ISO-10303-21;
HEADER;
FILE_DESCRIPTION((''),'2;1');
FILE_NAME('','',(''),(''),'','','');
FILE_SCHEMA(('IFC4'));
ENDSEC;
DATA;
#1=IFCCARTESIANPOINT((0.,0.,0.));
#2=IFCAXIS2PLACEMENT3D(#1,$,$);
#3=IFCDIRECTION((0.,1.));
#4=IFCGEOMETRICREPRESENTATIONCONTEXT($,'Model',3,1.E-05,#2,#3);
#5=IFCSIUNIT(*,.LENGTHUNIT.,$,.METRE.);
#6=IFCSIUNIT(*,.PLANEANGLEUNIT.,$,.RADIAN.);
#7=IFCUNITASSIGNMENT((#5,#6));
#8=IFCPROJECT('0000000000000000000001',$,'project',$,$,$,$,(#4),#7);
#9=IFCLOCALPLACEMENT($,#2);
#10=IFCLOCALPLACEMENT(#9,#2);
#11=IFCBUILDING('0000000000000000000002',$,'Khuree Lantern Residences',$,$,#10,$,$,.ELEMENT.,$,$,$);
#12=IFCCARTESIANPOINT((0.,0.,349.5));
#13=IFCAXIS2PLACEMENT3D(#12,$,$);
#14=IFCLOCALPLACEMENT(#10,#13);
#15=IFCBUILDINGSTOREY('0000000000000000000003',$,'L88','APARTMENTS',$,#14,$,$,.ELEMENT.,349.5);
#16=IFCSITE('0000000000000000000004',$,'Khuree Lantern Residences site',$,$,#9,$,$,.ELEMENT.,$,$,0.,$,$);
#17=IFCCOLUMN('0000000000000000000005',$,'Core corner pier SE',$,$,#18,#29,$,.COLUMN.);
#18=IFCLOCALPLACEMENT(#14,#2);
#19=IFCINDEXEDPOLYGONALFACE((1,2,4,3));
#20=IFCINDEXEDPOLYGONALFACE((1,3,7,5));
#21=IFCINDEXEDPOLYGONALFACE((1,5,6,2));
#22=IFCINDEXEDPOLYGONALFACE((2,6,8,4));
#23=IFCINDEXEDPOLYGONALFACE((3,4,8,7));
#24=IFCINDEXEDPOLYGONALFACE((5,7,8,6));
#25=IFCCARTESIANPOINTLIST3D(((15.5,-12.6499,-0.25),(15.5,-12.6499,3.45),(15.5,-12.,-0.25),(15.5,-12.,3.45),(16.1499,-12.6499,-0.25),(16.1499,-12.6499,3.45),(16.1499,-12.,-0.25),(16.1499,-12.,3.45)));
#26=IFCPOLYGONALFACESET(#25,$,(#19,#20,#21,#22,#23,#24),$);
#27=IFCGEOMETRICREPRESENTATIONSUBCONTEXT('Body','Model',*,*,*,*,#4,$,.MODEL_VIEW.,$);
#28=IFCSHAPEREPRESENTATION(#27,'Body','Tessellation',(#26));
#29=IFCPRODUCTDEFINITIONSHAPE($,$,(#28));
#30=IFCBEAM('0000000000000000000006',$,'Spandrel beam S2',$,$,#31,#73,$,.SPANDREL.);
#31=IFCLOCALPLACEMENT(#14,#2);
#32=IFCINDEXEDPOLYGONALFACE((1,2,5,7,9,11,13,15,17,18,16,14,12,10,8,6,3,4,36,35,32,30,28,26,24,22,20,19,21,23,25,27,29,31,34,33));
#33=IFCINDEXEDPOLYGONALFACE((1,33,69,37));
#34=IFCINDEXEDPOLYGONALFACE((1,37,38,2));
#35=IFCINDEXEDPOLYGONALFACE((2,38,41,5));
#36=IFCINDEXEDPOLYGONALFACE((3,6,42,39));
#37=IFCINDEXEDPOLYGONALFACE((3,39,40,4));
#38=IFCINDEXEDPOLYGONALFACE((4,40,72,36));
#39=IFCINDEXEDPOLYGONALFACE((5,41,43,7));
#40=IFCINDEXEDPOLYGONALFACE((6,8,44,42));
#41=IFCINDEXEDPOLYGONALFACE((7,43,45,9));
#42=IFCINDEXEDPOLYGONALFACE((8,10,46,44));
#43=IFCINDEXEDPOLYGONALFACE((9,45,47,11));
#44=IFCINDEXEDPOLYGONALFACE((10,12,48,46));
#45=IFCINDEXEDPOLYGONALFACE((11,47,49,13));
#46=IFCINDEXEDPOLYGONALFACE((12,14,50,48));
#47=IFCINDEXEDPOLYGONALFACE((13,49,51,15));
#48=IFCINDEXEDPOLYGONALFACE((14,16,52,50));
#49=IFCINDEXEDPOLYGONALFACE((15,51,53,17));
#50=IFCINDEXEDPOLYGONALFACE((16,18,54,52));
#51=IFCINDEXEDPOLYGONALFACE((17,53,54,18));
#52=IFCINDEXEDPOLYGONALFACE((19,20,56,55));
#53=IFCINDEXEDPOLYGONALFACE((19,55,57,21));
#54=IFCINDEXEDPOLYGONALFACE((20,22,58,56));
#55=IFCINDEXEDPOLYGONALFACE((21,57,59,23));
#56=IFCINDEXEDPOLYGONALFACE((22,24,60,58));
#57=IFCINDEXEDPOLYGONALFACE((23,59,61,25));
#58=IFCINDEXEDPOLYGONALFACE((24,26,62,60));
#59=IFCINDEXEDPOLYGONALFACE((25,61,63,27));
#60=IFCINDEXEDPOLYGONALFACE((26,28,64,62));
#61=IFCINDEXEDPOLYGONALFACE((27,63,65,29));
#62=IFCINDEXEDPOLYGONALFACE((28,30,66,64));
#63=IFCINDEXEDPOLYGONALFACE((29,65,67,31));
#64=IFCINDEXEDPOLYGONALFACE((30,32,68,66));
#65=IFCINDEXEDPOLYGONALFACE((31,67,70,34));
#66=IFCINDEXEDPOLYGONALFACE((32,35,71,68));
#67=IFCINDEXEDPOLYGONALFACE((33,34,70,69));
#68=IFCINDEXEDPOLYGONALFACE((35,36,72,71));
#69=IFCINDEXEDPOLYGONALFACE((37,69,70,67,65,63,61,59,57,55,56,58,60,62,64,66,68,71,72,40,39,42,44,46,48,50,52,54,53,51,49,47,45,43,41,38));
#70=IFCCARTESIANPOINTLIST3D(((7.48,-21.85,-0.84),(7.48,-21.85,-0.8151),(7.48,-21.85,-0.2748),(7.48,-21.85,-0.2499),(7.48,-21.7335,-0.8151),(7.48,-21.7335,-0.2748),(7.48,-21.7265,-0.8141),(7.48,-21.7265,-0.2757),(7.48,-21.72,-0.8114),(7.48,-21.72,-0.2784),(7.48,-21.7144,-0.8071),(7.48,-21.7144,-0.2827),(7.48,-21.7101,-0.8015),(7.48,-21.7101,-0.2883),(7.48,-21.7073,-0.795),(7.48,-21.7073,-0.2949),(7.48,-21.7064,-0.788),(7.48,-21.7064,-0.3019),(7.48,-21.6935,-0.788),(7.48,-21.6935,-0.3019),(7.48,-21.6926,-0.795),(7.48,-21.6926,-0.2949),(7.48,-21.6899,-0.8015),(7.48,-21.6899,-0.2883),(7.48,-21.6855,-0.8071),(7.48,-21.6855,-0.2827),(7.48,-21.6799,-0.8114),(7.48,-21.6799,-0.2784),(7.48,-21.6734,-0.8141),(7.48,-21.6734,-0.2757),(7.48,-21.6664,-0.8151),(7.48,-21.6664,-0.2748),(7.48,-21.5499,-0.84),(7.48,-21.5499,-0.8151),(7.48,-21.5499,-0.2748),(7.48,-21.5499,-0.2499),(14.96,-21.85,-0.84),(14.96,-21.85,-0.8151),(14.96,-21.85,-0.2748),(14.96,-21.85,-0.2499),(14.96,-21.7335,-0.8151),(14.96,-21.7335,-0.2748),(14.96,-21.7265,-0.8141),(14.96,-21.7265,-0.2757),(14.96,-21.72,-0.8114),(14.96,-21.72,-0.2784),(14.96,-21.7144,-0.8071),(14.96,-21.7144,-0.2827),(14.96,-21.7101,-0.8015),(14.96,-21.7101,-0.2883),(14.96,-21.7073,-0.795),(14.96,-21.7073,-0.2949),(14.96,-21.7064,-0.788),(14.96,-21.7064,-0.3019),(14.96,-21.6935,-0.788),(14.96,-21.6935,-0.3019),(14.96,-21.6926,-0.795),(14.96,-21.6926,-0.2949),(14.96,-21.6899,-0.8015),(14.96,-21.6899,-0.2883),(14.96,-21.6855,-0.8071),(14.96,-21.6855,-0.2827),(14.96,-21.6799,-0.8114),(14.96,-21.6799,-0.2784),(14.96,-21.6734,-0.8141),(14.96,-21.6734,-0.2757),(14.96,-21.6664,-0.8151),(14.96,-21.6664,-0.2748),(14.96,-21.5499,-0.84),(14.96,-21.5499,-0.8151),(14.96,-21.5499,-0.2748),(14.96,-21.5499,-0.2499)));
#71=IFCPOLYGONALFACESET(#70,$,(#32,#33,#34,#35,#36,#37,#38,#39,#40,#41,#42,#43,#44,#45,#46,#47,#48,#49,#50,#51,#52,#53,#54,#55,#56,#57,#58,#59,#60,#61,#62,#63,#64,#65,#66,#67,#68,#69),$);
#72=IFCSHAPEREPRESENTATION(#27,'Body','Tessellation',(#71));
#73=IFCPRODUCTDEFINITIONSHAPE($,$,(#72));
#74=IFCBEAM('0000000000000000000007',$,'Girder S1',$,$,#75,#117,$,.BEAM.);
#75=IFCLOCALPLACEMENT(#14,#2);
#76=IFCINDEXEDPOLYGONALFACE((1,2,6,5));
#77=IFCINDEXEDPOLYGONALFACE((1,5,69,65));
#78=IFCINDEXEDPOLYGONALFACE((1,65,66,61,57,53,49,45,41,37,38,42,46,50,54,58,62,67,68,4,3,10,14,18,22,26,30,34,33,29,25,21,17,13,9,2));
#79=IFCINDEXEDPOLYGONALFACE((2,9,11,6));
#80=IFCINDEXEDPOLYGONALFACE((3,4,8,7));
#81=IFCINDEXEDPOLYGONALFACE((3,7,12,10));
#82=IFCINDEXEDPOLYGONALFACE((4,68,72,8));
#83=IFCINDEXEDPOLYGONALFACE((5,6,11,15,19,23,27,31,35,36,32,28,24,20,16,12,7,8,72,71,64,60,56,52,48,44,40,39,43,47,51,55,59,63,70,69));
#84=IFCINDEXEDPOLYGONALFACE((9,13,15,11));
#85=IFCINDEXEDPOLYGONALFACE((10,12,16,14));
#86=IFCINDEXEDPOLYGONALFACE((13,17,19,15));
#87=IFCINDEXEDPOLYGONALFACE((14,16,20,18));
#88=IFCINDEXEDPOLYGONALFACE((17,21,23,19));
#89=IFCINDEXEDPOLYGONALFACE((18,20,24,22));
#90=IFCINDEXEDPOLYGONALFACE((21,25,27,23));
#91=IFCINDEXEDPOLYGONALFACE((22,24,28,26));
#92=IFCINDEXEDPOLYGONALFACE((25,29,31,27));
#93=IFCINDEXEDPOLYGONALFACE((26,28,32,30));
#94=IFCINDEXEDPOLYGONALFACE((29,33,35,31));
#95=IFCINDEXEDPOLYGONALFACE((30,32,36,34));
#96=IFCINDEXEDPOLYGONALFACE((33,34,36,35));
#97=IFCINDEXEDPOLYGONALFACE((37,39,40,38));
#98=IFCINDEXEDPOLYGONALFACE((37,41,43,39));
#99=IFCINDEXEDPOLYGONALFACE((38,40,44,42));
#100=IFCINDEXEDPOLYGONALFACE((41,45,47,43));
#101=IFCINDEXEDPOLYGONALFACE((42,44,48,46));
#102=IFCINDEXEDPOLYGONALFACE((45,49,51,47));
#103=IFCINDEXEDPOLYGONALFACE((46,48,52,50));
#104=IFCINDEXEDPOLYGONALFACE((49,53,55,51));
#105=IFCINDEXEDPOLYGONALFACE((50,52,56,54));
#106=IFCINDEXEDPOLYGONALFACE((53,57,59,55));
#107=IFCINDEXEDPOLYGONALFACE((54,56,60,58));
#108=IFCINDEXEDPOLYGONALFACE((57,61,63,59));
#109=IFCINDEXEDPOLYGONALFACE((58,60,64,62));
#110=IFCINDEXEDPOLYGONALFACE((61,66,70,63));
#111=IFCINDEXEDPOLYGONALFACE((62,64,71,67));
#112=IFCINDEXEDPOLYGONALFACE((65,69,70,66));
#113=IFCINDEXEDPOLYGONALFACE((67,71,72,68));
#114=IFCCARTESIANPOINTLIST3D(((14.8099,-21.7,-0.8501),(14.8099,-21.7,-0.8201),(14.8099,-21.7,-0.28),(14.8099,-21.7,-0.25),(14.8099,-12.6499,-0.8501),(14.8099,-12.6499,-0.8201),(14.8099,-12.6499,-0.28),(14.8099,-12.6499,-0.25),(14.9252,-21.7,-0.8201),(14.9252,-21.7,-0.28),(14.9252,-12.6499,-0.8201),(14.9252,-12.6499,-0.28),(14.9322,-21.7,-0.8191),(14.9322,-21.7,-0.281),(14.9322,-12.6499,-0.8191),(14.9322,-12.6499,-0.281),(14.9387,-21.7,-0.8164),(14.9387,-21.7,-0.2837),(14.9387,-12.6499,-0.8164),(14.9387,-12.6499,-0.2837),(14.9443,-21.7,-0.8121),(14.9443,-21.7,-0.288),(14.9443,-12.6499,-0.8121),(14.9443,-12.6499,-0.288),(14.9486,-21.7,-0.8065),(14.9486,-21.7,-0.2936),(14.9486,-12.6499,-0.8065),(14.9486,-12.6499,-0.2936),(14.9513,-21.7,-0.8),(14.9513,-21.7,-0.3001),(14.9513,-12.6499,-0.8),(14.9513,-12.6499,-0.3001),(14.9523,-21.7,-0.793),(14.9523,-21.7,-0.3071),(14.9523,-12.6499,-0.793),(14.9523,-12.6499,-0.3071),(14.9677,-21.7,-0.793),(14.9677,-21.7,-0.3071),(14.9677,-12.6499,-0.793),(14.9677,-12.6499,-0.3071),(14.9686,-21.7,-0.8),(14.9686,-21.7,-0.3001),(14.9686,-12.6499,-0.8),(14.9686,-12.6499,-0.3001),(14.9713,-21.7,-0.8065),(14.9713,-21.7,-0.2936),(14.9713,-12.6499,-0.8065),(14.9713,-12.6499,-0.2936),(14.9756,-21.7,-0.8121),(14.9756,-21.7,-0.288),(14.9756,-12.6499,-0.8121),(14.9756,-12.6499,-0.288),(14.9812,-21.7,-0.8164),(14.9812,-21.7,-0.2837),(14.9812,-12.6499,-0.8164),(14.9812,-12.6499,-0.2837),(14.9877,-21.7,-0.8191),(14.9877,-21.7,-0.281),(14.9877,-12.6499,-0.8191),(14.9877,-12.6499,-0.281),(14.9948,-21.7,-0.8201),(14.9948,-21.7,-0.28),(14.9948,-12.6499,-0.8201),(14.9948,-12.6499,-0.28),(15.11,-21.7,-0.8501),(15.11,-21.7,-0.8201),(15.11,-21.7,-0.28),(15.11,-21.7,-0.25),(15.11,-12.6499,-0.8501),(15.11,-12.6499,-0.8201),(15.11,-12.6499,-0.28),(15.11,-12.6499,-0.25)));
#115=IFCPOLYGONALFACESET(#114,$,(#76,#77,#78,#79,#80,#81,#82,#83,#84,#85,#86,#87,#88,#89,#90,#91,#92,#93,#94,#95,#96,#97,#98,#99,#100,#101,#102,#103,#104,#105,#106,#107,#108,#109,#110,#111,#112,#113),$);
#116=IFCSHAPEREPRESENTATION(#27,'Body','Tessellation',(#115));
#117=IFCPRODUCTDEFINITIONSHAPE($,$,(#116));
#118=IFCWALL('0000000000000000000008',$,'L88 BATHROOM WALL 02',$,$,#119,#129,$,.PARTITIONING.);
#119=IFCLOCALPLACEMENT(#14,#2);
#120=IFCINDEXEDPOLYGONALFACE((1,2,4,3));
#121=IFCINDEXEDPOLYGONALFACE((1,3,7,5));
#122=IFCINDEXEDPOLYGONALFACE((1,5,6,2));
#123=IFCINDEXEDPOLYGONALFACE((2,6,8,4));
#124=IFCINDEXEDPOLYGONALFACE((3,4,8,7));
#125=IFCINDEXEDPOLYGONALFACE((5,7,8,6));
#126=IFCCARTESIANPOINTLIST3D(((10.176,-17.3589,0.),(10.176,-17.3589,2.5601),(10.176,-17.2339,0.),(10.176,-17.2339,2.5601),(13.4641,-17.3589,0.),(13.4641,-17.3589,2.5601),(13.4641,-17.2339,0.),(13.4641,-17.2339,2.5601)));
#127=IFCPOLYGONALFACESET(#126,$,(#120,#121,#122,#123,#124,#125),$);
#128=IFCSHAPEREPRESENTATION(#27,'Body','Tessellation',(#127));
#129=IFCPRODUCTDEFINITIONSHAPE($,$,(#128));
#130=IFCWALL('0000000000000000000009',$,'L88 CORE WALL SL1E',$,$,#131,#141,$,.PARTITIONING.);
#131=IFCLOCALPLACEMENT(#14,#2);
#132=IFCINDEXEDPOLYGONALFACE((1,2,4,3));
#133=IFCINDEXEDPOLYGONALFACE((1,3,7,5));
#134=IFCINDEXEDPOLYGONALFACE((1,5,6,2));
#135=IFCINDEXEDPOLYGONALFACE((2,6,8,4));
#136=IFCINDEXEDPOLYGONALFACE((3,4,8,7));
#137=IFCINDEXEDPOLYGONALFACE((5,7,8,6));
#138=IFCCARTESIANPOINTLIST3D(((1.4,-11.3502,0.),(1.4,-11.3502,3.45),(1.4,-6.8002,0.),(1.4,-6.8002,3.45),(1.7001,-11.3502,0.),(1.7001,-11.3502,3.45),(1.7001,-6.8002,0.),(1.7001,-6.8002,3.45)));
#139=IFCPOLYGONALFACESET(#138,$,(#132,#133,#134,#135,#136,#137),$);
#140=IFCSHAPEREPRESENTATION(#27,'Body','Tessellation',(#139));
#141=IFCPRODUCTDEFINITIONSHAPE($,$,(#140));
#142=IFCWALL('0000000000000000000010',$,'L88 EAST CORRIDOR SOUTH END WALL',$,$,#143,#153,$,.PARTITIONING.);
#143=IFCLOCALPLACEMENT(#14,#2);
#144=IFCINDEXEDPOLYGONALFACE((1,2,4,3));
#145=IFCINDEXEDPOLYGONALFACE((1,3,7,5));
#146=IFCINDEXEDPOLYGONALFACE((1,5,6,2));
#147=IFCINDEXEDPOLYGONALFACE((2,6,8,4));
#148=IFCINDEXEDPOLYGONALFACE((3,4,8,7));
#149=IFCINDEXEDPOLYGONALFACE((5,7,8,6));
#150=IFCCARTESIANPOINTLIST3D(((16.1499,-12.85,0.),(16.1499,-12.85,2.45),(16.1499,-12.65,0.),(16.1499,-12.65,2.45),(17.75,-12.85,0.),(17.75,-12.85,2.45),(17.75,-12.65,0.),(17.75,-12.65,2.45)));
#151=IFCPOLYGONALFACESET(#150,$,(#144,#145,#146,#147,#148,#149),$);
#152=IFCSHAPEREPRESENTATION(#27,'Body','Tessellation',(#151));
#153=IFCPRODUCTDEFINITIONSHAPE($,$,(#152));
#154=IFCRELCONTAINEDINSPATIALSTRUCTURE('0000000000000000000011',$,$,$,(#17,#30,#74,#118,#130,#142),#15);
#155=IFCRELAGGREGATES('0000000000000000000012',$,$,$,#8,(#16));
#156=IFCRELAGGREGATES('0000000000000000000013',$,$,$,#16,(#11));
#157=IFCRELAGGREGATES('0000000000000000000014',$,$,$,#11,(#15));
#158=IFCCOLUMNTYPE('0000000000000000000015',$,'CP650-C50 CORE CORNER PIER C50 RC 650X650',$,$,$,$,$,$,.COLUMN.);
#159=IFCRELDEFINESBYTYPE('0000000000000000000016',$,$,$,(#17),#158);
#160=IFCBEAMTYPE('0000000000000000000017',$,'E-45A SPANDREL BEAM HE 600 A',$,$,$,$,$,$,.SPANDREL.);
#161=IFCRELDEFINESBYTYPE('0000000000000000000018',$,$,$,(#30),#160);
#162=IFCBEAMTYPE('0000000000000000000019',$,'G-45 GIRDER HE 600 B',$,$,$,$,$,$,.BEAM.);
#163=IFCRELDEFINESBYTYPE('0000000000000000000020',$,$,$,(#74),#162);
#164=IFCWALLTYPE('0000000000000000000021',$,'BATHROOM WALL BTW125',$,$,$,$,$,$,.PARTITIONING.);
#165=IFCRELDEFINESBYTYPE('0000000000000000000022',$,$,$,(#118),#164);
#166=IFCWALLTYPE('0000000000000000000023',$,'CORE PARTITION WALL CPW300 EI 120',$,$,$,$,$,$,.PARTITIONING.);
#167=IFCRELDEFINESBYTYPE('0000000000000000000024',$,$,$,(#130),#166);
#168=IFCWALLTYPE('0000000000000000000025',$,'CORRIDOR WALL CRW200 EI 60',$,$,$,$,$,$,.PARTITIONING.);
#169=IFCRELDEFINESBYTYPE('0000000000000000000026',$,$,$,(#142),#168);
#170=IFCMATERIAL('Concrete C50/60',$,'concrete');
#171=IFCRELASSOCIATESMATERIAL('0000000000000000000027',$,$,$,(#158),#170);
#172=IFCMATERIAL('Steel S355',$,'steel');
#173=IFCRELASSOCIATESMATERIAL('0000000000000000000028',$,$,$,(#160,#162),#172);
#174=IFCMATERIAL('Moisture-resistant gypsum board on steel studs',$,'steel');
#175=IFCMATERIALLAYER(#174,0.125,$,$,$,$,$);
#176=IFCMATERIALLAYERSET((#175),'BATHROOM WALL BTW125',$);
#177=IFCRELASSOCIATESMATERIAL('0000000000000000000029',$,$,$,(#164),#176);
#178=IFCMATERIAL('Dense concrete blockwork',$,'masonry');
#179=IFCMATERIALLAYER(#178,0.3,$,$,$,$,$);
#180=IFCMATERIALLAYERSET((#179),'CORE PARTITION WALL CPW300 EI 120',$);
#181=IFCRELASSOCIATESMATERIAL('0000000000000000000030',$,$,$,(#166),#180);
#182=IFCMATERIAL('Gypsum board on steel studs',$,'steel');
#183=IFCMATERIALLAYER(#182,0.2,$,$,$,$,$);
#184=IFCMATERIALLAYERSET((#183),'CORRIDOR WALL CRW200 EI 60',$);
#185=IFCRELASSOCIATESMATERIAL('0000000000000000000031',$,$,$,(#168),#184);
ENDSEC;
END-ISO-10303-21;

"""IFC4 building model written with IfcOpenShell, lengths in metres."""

from ifc_helpers import new_model, si_unit, direction, frame, frame_2d, origin, origin_2d, place, context, subcontext, project, spatial, rectangle, i_section, extrude, material, layer, layer_set, material_profile, profile_set, type_object, element, save


model = new_model("IFC4")

# Units and contexts
model_context = context("Model", 3, precision=1e-05, world=origin(), true_north=direction((0.0, 1.0)))
body_context = subcontext(model_context, "Body", "Model", "MODEL_VIEW")
ifc_project = project(units=[si_unit("LENGTHUNIT", "METRE"), si_unit("PLANEANGLEUNIT", "RADIAN")], contexts=[model_context])

# Site, building, storey
site_placement = place(None, origin())
site = spatial("IfcSite", under=ifc_project, at=site_placement, Name="Khuree Lantern Residences site", CompositionType="ELEMENT", RefElevation=0.0)
building_placement = place(site_placement, origin())
building = spatial("IfcBuilding", under=site, at=building_placement, Name="Khuree Lantern Residences", CompositionType="ELEMENT")
storey_placement = place(building_placement, frame((0.0, 0.0, 349.5)))
storey = spatial("IfcBuildingStorey", under=building, at=storey_placement, Name="L88", Description="APARTMENTS", CompositionType="ELEMENT", Elevation=349.5)

# Column
ifc_material_1 = material(Name="Concrete C50/60", Category="concrete")
ifc_material_profile_1 = material_profile(ifc_material_1, rectangle(XDim=0.6499, YDim=0.6499, at=origin_2d()), Name="RC 650X650")
ifc_profile_set_1 = profile_set([ifc_material_profile_1], Name="Concrete C50/60")
column_type = type_object("IfcColumnType", Name="CP650-C50 CORE CORNER PIER C50 RC 650X650", PredefinedType="COLUMN", material=ifc_profile_set_1)
column_placement = place(storey_placement, frame((15.825, -12.325, -0.25), z_axis=(0.0, 0.0, 1.0), x_axis=(1.0, 0.0, 0.0)))
element("IfcColumn", 1, at=column_placement, inside=storey, type_object=column_type, Name="Core corner pier SE", PredefinedType="COLUMN", context=body_context, shape_type="SweptSolid", body=[
    extrude(rectangle(XDim=0.6499, YDim=0.6499, at=origin_2d()), origin(), (0.0, 0.0, 1.0), 3.7),
])

# Beams
ifc_material_2 = material(Name="Steel S355", Category="steel")
ifc_material_profile_2 = material_profile(ifc_material_2, i_section(OverallWidth=0.3, OverallDepth=0.5901, WebThickness=0.0129, FlangeThickness=0.0249, FilletRadius=0.0271, at=origin_2d()), Name="HE 600 A")
ifc_profile_set_2 = profile_set([ifc_material_profile_2], Name="Steel S355")
beam_type_1 = type_object("IfcBeamType", Name="E-45A SPANDREL BEAM HE 600 A", PredefinedType="SPANDREL", material=ifc_profile_set_2)
beam_1_placement = place(storey_placement, frame((14.96, -21.7, -0.5449), z_axis=(-1.0, 0.0, 0.0), x_axis=(0.0, -1.0, 0.0)))
element("IfcBeam", 2, at=beam_1_placement, inside=storey, type_object=beam_type_1, Name="Spandrel beam S2", PredefinedType="SPANDREL", context=body_context, shape_type="SweptSolid", body=[
    extrude(i_section(OverallWidth=0.3, OverallDepth=0.5901, WebThickness=0.0129, FlangeThickness=0.0249, FilletRadius=0.0271, at=origin_2d()), origin(), (0.0, 0.0, 1.0), 7.48),
])
ifc_material_profile_3 = material_profile(ifc_material_2, i_section(OverallWidth=0.3, OverallDepth=0.6001, WebThickness=0.0154, FlangeThickness=0.03, FilletRadius=0.0271, at=origin_2d()), Name="HE 600 B")
ifc_profile_set_3 = profile_set([ifc_material_profile_3], Name="Steel S355")
beam_type_2 = type_object("IfcBeamType", Name="G-45 GIRDER HE 600 B", PredefinedType="BEAM", material=ifc_profile_set_3)
beam_2_placement = place(storey_placement, frame((14.96, -21.7, -0.55), z_axis=(0.0, 1.0, 0.0), x_axis=(-1.0, 0.0, 0.0)))
element("IfcBeam", 3, at=beam_2_placement, inside=storey, type_object=beam_type_2, Name="Girder S1", PredefinedType="BEAM", context=body_context, shape_type="SweptSolid", body=[
    extrude(i_section(OverallWidth=0.3, OverallDepth=0.6001, WebThickness=0.0154, FlangeThickness=0.03, FilletRadius=0.0271, at=origin_2d()), origin(), (0.0, 0.0, 1.0), 9.05),
])

# Walls
ifc_material_3 = material(Name="Moisture-resistant gypsum board on steel studs", Category="steel")
ifc_layer_1 = layer(ifc_material_3, 0.125)
ifc_layer_set_1 = layer_set([ifc_layer_1], Name="BATHROOM WALL BTW125")
wall_type_1 = type_object("IfcWallType", Name="BATHROOM WALL BTW125", PredefinedType="PARTITIONING", material=ifc_layer_set_1)
wall_1_placement = place(storey_placement, frame((10.176, -17.2964, 0.0), z_axis=(0.0, 0.0, 1.0), x_axis=(1.0, 0.0, 0.0)))
element("IfcWall", 4, at=wall_1_placement, inside=storey, type_object=wall_type_1, Name="L88 BATHROOM WALL 02", PredefinedType="PARTITIONING", context=body_context, shape_type="SweptSolid", body=[
    extrude(rectangle(XDim=3.2881, YDim=0.125, at=frame_2d((1.644, 0.0))), origin(), (0.0, 0.0, 1.0), 2.5601),
])
ifc_material_4 = material(Name="Dense concrete blockwork", Category="masonry")
ifc_layer_2 = layer(ifc_material_4, 0.3)
ifc_layer_set_2 = layer_set([ifc_layer_2], Name="CORE PARTITION WALL CPW300 EI 120")
wall_type_2 = type_object("IfcWallType", Name="CORE PARTITION WALL CPW300 EI 120", PredefinedType="PARTITIONING", material=ifc_layer_set_2)
wall_2_placement = place(storey_placement, frame((1.55, -11.3501, 0.0), z_axis=(0.0, 0.0, 1.0), x_axis=(0.0, 1.0, 0.0)))
element("IfcWall", 5, at=wall_2_placement, inside=storey, type_object=wall_type_2, Name="L88 CORE WALL SL1E", PredefinedType="PARTITIONING", context=body_context, shape_type="SweptSolid", body=[
    extrude(rectangle(XDim=4.55, YDim=0.3, at=frame_2d((2.2749, 0.0))), origin(), (0.0, 0.0, 1.0), 3.45),
])
ifc_material_5 = material(Name="Gypsum board on steel studs", Category="steel")
ifc_layer_3 = layer(ifc_material_5, 0.2)
ifc_layer_set_3 = layer_set([ifc_layer_3], Name="CORRIDOR WALL CRW200 EI 60")
wall_type_3 = type_object("IfcWallType", Name="CORRIDOR WALL CRW200 EI 60", PredefinedType="PARTITIONING", material=ifc_layer_set_3)
wall_3_placement = place(storey_placement, frame((16.1499, -12.75, 0.0), z_axis=(0.0, 0.0, 1.0), x_axis=(1.0, 0.0, 0.0)))
element("IfcWall", 6, at=wall_3_placement, inside=storey, type_object=wall_type_3, Name="L88 EAST CORRIDOR SOUTH END WALL", PredefinedType="PARTITIONING", context=body_context, shape_type="SweptSolid", body=[
    extrude(rectangle(XDim=1.6001, YDim=0.2, at=frame_2d((0.8, 0.0))), origin(), (0.0, 0.0, 1.0), 2.45),
])

save(model, "model.ifc")
